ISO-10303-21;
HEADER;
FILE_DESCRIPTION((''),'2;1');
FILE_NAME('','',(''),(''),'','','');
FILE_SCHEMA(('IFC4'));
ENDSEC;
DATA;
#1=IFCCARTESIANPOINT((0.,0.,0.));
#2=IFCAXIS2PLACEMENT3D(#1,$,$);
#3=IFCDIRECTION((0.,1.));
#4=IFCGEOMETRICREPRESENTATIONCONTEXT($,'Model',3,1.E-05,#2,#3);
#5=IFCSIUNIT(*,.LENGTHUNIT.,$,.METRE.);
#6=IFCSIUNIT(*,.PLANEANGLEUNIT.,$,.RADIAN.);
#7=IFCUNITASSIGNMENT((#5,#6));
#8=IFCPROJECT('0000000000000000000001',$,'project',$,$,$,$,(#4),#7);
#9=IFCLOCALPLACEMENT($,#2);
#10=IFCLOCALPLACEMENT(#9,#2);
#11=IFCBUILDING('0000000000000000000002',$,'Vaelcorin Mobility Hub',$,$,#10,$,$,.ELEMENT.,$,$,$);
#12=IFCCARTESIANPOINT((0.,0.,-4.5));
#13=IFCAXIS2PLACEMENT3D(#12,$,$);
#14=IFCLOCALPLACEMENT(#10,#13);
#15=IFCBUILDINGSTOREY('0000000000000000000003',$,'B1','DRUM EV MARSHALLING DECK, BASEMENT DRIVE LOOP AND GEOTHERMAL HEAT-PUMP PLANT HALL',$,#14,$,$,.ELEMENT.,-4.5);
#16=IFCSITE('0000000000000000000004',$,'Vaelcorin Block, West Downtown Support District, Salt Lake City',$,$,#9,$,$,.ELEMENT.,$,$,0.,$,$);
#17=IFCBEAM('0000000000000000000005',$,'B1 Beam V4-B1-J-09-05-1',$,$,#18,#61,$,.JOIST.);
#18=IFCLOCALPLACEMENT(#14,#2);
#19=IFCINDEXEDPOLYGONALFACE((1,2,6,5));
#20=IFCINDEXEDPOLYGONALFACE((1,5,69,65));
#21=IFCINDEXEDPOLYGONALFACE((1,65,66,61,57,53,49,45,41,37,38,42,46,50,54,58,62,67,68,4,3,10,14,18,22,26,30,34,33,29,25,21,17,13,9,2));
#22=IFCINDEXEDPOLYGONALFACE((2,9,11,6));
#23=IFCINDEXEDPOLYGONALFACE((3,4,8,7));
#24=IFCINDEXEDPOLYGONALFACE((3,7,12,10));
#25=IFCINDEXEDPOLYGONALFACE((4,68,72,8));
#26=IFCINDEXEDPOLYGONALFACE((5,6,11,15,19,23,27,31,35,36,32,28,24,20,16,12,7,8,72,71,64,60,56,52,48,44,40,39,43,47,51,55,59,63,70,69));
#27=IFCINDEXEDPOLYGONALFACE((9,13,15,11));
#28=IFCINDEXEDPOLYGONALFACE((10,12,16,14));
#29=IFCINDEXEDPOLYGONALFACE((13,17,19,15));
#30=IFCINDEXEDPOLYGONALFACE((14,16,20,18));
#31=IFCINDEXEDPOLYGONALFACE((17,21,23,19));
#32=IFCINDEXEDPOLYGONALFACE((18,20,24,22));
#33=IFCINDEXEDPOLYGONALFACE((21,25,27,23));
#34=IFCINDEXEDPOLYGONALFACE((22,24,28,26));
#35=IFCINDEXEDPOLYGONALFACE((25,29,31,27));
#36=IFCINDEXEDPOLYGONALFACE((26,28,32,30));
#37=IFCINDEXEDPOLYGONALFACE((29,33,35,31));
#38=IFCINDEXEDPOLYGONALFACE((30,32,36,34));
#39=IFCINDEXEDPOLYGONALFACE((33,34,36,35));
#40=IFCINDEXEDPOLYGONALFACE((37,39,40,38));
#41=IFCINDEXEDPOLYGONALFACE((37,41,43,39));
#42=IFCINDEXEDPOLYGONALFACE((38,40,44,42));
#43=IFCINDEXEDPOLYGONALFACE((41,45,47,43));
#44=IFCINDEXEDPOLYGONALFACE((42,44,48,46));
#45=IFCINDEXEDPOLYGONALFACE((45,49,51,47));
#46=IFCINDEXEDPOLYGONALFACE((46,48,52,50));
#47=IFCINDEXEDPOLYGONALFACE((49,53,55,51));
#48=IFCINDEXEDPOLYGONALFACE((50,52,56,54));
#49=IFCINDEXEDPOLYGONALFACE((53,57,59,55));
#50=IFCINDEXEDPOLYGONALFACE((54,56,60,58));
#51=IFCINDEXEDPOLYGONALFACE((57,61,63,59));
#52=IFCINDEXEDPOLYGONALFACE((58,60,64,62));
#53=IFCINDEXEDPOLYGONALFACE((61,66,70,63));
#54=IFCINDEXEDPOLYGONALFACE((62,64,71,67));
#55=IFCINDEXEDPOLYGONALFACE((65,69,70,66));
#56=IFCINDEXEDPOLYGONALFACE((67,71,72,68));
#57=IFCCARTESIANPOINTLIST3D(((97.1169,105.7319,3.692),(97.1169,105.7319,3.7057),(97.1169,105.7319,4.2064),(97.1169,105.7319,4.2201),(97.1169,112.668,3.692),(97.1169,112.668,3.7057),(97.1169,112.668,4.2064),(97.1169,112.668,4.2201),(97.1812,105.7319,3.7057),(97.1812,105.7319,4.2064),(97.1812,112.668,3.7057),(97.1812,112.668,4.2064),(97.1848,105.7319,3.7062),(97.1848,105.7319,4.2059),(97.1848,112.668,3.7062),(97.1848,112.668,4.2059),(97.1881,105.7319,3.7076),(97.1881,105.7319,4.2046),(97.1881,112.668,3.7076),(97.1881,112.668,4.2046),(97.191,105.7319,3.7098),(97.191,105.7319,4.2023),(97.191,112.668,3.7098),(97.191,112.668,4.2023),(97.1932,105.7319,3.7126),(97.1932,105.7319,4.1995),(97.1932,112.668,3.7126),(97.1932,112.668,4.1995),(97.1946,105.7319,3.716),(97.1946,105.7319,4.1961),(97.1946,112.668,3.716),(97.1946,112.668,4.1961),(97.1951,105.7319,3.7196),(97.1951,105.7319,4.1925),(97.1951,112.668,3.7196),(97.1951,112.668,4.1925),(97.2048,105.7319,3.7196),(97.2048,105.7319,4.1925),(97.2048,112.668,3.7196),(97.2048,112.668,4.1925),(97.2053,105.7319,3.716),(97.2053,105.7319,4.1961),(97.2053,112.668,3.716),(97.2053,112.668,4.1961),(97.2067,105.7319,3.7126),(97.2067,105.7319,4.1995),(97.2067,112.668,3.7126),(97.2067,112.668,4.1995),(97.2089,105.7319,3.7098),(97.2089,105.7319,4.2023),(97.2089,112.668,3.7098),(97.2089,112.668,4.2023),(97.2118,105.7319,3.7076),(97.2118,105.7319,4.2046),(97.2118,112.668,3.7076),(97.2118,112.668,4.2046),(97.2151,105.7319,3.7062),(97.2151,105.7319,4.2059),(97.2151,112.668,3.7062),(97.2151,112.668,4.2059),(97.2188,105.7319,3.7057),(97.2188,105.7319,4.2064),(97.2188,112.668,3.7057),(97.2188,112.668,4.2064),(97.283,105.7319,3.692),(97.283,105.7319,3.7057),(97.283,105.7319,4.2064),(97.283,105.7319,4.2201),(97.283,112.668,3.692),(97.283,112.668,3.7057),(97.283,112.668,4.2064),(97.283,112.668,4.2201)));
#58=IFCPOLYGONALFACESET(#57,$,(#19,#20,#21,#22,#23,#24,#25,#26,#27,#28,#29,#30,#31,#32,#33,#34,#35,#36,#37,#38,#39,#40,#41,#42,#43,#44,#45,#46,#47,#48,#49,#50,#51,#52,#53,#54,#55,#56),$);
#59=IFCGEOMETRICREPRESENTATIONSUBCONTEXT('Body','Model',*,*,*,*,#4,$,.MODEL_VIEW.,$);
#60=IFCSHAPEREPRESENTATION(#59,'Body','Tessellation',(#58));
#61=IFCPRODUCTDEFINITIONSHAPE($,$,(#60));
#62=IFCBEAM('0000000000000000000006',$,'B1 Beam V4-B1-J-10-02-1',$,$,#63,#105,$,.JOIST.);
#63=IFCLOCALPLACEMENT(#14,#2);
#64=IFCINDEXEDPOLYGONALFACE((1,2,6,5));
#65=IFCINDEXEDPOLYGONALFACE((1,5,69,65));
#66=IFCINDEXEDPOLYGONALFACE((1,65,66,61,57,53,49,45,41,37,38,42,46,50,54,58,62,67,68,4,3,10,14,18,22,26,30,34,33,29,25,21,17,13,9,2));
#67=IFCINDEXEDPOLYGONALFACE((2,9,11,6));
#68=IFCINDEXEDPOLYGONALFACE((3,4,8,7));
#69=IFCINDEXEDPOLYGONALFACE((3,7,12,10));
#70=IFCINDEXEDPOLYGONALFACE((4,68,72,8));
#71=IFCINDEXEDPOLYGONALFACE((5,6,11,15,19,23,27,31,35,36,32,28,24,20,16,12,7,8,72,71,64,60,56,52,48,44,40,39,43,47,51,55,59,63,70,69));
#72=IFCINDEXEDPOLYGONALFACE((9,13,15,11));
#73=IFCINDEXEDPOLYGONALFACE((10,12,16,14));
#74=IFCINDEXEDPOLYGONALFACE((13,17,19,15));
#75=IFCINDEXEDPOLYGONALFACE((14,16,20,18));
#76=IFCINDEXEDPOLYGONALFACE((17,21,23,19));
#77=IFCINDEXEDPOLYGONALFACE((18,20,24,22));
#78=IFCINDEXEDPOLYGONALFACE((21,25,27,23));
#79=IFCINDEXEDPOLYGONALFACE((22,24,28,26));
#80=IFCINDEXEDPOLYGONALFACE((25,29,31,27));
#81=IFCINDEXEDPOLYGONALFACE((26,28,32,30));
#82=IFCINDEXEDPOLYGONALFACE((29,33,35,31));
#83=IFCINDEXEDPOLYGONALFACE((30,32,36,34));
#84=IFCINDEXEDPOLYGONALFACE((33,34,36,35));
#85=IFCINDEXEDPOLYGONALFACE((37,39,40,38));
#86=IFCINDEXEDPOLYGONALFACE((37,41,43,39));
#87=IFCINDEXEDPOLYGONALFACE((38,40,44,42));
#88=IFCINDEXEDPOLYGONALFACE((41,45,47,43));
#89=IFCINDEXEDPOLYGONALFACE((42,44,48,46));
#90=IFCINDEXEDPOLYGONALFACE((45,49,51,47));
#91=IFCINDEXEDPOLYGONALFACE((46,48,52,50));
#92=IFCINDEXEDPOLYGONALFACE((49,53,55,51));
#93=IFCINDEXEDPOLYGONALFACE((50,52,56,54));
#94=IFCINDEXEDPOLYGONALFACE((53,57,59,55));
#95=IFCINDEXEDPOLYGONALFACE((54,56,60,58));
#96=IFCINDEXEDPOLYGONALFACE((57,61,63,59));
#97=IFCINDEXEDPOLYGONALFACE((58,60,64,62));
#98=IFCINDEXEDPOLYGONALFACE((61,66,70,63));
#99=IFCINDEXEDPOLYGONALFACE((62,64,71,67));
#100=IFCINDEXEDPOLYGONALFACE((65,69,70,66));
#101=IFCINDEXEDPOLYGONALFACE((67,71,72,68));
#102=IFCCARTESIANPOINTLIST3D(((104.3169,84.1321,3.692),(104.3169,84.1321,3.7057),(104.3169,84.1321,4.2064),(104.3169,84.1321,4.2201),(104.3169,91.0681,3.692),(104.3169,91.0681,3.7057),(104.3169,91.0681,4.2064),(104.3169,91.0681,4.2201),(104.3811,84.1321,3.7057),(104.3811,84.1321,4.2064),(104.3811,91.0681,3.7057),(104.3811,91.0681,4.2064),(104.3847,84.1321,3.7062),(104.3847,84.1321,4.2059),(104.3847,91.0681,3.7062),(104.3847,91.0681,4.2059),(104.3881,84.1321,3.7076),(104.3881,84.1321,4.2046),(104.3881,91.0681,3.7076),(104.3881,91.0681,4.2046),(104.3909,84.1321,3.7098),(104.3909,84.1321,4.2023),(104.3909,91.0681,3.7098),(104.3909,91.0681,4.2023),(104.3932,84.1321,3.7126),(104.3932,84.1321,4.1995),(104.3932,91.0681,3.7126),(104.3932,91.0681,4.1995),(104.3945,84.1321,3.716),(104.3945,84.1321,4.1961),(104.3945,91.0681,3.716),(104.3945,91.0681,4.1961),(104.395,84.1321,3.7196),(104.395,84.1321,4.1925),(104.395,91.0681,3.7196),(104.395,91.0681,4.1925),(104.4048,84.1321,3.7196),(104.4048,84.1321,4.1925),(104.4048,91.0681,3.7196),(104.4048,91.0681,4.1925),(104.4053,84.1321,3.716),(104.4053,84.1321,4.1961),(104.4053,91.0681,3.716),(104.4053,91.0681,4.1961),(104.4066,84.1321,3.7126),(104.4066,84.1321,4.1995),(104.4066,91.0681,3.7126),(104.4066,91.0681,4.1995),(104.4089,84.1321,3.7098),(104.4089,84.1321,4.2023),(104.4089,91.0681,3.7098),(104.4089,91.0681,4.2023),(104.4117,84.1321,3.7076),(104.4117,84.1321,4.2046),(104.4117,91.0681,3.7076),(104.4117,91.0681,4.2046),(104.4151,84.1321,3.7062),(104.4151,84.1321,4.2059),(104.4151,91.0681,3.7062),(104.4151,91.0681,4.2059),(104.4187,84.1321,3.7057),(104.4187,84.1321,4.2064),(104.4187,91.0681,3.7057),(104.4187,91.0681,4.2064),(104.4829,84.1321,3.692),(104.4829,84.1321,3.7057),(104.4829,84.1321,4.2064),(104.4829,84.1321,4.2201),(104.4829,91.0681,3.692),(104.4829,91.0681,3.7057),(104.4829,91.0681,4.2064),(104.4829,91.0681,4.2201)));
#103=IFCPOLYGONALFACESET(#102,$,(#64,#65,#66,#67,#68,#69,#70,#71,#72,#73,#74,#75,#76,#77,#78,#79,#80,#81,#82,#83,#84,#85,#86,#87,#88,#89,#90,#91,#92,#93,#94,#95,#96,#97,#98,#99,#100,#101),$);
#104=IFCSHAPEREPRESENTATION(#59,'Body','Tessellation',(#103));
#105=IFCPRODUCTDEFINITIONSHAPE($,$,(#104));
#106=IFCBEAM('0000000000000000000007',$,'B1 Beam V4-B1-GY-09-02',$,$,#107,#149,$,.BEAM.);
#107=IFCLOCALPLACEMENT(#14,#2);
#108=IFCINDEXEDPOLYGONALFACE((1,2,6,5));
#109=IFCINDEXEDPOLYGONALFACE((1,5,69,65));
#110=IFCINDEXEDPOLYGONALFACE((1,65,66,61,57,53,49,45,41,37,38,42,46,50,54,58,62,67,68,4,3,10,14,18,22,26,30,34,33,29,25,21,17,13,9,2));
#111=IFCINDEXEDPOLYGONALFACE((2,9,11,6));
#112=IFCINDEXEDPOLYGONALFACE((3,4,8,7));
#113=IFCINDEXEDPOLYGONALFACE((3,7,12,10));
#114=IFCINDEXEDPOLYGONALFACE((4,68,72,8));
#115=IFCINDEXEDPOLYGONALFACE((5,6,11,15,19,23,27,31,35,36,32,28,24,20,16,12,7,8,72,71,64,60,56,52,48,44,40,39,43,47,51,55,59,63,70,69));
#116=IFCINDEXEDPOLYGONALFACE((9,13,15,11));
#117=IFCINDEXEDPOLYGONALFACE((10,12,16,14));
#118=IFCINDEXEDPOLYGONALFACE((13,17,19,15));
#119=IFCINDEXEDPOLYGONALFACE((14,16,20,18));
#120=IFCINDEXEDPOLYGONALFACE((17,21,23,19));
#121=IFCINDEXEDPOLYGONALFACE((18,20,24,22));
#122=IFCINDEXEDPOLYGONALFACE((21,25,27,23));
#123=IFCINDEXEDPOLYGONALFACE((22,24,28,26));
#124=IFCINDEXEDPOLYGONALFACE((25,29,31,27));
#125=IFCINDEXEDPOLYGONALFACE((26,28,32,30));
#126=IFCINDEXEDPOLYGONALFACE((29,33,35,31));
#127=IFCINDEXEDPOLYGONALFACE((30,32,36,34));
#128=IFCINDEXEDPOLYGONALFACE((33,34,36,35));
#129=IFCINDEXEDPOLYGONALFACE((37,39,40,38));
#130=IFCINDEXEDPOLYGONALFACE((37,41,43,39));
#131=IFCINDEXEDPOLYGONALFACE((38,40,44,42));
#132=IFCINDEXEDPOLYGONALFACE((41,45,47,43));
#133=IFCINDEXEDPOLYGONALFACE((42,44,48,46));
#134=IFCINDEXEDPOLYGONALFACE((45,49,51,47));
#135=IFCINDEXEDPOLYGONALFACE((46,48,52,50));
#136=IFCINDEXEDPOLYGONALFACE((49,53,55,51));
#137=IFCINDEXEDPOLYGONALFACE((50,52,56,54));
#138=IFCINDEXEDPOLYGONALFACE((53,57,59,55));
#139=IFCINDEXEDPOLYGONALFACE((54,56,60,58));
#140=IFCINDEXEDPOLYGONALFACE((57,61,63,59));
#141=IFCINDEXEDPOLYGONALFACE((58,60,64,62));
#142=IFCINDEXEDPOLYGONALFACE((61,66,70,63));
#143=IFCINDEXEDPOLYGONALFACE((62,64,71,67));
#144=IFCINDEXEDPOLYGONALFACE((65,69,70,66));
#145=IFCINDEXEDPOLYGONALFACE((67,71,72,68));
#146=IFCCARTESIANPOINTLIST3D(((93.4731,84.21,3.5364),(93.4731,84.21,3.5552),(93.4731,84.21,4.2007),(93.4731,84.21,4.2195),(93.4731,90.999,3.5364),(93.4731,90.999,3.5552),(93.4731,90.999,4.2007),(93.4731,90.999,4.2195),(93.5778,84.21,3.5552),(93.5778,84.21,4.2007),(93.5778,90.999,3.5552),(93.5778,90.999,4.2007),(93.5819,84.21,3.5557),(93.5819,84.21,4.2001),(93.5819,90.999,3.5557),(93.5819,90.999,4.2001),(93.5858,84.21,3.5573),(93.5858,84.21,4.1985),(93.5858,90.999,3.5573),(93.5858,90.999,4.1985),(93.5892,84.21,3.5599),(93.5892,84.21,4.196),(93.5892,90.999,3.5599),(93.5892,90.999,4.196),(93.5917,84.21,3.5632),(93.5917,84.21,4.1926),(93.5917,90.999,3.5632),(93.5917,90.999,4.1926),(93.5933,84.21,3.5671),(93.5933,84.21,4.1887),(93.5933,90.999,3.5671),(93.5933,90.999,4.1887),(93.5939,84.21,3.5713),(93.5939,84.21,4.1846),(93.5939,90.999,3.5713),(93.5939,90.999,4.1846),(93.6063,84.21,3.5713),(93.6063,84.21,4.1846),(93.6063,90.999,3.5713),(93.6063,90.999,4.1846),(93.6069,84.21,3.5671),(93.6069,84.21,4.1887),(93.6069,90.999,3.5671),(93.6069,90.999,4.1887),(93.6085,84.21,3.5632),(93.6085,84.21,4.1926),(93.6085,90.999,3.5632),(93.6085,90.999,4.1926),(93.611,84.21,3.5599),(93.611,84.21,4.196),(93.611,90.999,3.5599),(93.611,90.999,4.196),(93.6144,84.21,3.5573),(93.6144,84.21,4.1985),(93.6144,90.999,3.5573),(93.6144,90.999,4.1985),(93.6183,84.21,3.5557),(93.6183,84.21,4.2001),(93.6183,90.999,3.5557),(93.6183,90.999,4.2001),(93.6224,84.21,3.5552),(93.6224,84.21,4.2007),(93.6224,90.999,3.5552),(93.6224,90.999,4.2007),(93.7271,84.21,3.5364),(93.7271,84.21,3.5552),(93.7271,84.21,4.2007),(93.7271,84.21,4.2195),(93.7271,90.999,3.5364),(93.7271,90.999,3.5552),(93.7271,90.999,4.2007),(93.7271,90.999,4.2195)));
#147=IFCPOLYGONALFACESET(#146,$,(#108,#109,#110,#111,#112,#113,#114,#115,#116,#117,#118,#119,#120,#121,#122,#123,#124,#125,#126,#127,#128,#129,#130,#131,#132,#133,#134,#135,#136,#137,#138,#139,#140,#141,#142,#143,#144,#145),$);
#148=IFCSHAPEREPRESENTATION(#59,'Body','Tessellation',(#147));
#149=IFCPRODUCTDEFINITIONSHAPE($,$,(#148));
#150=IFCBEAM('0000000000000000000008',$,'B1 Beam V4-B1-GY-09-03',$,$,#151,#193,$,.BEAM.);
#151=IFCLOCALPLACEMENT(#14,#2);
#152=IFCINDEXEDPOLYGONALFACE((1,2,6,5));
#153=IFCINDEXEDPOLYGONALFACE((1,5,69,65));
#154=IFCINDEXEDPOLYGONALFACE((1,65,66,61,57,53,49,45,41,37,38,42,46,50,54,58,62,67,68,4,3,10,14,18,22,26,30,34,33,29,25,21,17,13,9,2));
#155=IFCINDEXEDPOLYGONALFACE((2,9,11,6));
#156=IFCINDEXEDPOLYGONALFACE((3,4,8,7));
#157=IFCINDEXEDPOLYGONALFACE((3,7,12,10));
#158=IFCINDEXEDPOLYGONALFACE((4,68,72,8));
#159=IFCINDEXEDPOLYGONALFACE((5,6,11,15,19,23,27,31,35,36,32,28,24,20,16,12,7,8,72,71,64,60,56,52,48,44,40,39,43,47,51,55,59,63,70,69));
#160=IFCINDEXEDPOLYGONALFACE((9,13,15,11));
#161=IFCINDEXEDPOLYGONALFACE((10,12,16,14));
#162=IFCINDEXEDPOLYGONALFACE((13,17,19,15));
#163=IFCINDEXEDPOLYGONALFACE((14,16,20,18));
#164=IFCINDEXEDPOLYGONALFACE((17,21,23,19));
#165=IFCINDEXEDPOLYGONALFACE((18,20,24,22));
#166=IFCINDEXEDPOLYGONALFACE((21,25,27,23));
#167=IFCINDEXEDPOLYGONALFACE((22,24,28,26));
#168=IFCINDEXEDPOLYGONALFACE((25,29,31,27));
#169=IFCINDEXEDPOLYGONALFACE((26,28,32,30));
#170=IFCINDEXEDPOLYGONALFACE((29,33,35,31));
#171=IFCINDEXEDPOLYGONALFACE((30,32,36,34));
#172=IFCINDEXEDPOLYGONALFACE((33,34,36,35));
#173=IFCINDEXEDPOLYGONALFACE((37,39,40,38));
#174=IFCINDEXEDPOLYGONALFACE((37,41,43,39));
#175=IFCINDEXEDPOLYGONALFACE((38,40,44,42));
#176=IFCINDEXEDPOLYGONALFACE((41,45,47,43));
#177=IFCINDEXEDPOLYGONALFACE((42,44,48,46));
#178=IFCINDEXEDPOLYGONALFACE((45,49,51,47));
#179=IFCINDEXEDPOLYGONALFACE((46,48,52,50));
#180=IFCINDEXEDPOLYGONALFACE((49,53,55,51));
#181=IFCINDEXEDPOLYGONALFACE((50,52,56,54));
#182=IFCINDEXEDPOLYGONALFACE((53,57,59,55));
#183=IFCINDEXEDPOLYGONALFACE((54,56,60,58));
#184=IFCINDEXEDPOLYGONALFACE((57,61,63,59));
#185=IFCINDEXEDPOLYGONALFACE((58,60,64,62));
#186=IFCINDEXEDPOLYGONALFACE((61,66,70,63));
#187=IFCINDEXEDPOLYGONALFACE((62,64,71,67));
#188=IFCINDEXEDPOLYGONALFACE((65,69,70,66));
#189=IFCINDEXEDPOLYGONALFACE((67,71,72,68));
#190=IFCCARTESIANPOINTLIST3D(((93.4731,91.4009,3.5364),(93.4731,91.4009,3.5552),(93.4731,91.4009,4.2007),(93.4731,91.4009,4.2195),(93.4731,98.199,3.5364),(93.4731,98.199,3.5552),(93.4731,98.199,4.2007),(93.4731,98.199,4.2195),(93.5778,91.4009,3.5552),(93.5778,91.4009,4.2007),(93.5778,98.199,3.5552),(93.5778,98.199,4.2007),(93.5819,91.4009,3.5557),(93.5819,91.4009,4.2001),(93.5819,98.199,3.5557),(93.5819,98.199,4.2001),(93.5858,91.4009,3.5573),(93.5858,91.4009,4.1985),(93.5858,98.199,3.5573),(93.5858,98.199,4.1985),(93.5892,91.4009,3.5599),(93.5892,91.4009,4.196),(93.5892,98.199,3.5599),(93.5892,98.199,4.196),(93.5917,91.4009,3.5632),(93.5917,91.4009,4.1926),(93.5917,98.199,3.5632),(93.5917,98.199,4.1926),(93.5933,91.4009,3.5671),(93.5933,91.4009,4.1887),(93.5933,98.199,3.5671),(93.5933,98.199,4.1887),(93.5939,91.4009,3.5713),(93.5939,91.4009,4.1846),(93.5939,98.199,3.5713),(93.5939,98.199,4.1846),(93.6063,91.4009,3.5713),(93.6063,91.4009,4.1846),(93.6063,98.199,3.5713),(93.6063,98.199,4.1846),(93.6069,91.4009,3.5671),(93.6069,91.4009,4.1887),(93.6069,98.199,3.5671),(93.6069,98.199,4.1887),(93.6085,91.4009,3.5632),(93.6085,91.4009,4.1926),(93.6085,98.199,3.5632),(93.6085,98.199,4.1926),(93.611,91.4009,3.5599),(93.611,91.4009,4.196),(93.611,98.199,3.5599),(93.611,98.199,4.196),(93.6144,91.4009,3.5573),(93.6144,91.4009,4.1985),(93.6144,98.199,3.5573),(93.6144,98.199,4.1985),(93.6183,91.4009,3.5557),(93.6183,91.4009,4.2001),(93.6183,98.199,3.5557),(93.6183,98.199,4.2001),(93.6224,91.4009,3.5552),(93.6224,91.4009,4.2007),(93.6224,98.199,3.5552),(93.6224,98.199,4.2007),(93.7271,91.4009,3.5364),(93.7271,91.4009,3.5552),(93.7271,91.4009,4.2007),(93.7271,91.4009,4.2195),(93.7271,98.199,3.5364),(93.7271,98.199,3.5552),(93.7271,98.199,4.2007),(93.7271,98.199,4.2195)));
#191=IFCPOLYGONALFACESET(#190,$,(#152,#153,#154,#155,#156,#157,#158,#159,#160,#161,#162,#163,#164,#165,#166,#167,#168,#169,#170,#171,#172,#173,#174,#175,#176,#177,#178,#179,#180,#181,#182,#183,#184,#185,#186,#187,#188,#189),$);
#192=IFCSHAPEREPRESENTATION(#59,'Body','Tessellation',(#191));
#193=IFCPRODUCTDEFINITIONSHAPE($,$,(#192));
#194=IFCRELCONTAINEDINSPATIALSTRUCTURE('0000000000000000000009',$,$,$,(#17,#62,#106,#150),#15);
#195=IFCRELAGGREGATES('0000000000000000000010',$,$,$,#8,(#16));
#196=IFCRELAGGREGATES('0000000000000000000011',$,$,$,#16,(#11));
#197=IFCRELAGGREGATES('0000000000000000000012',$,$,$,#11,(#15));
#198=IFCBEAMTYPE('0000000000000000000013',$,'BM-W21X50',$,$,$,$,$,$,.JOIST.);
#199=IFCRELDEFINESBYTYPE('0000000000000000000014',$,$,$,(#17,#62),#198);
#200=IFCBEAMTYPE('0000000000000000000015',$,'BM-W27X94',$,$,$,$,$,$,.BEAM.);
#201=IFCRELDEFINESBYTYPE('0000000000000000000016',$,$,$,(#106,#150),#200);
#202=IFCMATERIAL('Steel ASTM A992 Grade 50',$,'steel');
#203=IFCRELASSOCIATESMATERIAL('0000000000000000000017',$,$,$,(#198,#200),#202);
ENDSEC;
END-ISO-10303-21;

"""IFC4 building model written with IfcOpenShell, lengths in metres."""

from ifc_helpers import new_model, si_unit, direction, frame, origin, origin_2d, place, context, subcontext, project, spatial, i_section, extrude, material, material_profile, profile_set, type_object, element, save


model = new_model("IFC4")

# Units and contexts
model_context = context("Model", 3, precision=1e-05, world=origin(), true_north=direction((0.0, 1.0)))
body_context = subcontext(model_context, "Body", "Model", "MODEL_VIEW")
ifc_project = project(units=[si_unit("LENGTHUNIT", "METRE"), si_unit("PLANEANGLEUNIT", "RADIAN")], contexts=[model_context])

# Site, building, storey
site_placement = place(None, origin())
site = spatial("IfcSite", under=ifc_project, at=site_placement, Name="Vaelcorin Block, West Downtown Support District, Salt Lake City", CompositionType="ELEMENT", RefElevation=0.0)
building_placement = place(site_placement, origin())
building = spatial("IfcBuilding", under=site, at=building_placement, Name="Vaelcorin Mobility Hub", CompositionType="ELEMENT")
storey_placement = place(building_placement, frame((0.0, 0.0, -4.5)))
storey = spatial("IfcBuildingStorey", under=building, at=storey_placement, Name="B1", Description="DRUM EV MARSHALLING DECK, BASEMENT DRIVE LOOP AND GEOTHERMAL HEAT-PUMP PLANT HALL", CompositionType="ELEMENT", Elevation=-4.5)

# Shared definitions
ifc_material_1 = material(Name="Steel ASTM A992 Grade 50", Category="steel")

# Beams
ifc_material_profile_1 = material_profile(ifc_material_1, i_section(OverallWidth=0.166, OverallDepth=0.5281, WebThickness=0.0098, FlangeThickness=0.0137, FilletRadius=0.0139, at=origin_2d()), Name="W21X50")
ifc_profile_set_1 = profile_set([ifc_material_profile_1], Name="Steel ASTM A992 Grade 50")
beam_type_1 = type_object("IfcBeamType", Name="BM-W21X50", PredefinedType="JOIST", material=ifc_profile_set_1)
for number, where, z_axis, x_axis, name in (
    (1, (97.2, 105.7319, 3.9561), (0.0, 1.0, 0.0), (-1.0, 0.0, 0.0), "B1 Beam V4-B1-J-09-05-1"),
    (2, (104.3999, 84.1321, 3.9561), (0.0, 1.0, 0.0), (-1.0, 0.0, 0.0), "B1 Beam V4-B1-J-10-02-1"),
):
    element("IfcBeam", number, at=place(storey_placement, frame(where, z_axis=z_axis, x_axis=x_axis)), inside=storey, type_object=beam_type_1, Name=name, PredefinedType="JOIST", context=body_context, shape_type="SweptSolid", body=[
        extrude(i_section(OverallWidth=0.166, OverallDepth=0.5281, WebThickness=0.0098, FlangeThickness=0.0137, FilletRadius=0.0139, at=origin_2d()), origin(), (0.0, 0.0, 1.0), 6.936),
    ])
ifc_material_profile_2 = material_profile(ifc_material_1, i_section(OverallWidth=0.2539, OverallDepth=0.6831, WebThickness=0.0125, FlangeThickness=0.0188, FilletRadius=0.0161, at=origin_2d()), Name="W27X94")
ifc_profile_set_2 = profile_set([ifc_material_profile_2], Name="Steel ASTM A992 Grade 50")
beam_type_2 = type_object("IfcBeamType", Name="BM-W27X94", PredefinedType="BEAM", material=ifc_profile_set_2)
beam_1_placement = place(storey_placement, frame((93.6001, 84.21, 3.8779), z_axis=(0.0, 1.0, 0.0), x_axis=(-1.0, 0.0, 0.0)))
element("IfcBeam", 3, at=beam_1_placement, inside=storey, type_object=beam_type_2, Name="B1 Beam V4-B1-GY-09-02", PredefinedType="BEAM", context=body_context, shape_type="SweptSolid", body=[
    extrude(i_section(OverallWidth=0.2539, OverallDepth=0.6831, WebThickness=0.0125, FlangeThickness=0.0188, FilletRadius=0.0161, at=origin_2d()), origin(), (0.0, 0.0, 1.0), 6.7891),
])
beam_2_placement = place(storey_placement, frame((93.6001, 91.4009, 3.8779), z_axis=(0.0, 1.0, 0.0), x_axis=(-1.0, 0.0, 0.0)))
element("IfcBeam", 4, at=beam_2_placement, inside=storey, type_object=beam_type_2, Name="B1 Beam V4-B1-GY-09-03", PredefinedType="BEAM", context=body_context, shape_type="SweptSolid", body=[
    extrude(i_section(OverallWidth=0.2539, OverallDepth=0.6831, WebThickness=0.0125, FlangeThickness=0.0188, FilletRadius=0.0161, at=origin_2d()), origin(), (0.0, 0.0, 1.0), 6.7981),
])

save(model, "model.ifc")
